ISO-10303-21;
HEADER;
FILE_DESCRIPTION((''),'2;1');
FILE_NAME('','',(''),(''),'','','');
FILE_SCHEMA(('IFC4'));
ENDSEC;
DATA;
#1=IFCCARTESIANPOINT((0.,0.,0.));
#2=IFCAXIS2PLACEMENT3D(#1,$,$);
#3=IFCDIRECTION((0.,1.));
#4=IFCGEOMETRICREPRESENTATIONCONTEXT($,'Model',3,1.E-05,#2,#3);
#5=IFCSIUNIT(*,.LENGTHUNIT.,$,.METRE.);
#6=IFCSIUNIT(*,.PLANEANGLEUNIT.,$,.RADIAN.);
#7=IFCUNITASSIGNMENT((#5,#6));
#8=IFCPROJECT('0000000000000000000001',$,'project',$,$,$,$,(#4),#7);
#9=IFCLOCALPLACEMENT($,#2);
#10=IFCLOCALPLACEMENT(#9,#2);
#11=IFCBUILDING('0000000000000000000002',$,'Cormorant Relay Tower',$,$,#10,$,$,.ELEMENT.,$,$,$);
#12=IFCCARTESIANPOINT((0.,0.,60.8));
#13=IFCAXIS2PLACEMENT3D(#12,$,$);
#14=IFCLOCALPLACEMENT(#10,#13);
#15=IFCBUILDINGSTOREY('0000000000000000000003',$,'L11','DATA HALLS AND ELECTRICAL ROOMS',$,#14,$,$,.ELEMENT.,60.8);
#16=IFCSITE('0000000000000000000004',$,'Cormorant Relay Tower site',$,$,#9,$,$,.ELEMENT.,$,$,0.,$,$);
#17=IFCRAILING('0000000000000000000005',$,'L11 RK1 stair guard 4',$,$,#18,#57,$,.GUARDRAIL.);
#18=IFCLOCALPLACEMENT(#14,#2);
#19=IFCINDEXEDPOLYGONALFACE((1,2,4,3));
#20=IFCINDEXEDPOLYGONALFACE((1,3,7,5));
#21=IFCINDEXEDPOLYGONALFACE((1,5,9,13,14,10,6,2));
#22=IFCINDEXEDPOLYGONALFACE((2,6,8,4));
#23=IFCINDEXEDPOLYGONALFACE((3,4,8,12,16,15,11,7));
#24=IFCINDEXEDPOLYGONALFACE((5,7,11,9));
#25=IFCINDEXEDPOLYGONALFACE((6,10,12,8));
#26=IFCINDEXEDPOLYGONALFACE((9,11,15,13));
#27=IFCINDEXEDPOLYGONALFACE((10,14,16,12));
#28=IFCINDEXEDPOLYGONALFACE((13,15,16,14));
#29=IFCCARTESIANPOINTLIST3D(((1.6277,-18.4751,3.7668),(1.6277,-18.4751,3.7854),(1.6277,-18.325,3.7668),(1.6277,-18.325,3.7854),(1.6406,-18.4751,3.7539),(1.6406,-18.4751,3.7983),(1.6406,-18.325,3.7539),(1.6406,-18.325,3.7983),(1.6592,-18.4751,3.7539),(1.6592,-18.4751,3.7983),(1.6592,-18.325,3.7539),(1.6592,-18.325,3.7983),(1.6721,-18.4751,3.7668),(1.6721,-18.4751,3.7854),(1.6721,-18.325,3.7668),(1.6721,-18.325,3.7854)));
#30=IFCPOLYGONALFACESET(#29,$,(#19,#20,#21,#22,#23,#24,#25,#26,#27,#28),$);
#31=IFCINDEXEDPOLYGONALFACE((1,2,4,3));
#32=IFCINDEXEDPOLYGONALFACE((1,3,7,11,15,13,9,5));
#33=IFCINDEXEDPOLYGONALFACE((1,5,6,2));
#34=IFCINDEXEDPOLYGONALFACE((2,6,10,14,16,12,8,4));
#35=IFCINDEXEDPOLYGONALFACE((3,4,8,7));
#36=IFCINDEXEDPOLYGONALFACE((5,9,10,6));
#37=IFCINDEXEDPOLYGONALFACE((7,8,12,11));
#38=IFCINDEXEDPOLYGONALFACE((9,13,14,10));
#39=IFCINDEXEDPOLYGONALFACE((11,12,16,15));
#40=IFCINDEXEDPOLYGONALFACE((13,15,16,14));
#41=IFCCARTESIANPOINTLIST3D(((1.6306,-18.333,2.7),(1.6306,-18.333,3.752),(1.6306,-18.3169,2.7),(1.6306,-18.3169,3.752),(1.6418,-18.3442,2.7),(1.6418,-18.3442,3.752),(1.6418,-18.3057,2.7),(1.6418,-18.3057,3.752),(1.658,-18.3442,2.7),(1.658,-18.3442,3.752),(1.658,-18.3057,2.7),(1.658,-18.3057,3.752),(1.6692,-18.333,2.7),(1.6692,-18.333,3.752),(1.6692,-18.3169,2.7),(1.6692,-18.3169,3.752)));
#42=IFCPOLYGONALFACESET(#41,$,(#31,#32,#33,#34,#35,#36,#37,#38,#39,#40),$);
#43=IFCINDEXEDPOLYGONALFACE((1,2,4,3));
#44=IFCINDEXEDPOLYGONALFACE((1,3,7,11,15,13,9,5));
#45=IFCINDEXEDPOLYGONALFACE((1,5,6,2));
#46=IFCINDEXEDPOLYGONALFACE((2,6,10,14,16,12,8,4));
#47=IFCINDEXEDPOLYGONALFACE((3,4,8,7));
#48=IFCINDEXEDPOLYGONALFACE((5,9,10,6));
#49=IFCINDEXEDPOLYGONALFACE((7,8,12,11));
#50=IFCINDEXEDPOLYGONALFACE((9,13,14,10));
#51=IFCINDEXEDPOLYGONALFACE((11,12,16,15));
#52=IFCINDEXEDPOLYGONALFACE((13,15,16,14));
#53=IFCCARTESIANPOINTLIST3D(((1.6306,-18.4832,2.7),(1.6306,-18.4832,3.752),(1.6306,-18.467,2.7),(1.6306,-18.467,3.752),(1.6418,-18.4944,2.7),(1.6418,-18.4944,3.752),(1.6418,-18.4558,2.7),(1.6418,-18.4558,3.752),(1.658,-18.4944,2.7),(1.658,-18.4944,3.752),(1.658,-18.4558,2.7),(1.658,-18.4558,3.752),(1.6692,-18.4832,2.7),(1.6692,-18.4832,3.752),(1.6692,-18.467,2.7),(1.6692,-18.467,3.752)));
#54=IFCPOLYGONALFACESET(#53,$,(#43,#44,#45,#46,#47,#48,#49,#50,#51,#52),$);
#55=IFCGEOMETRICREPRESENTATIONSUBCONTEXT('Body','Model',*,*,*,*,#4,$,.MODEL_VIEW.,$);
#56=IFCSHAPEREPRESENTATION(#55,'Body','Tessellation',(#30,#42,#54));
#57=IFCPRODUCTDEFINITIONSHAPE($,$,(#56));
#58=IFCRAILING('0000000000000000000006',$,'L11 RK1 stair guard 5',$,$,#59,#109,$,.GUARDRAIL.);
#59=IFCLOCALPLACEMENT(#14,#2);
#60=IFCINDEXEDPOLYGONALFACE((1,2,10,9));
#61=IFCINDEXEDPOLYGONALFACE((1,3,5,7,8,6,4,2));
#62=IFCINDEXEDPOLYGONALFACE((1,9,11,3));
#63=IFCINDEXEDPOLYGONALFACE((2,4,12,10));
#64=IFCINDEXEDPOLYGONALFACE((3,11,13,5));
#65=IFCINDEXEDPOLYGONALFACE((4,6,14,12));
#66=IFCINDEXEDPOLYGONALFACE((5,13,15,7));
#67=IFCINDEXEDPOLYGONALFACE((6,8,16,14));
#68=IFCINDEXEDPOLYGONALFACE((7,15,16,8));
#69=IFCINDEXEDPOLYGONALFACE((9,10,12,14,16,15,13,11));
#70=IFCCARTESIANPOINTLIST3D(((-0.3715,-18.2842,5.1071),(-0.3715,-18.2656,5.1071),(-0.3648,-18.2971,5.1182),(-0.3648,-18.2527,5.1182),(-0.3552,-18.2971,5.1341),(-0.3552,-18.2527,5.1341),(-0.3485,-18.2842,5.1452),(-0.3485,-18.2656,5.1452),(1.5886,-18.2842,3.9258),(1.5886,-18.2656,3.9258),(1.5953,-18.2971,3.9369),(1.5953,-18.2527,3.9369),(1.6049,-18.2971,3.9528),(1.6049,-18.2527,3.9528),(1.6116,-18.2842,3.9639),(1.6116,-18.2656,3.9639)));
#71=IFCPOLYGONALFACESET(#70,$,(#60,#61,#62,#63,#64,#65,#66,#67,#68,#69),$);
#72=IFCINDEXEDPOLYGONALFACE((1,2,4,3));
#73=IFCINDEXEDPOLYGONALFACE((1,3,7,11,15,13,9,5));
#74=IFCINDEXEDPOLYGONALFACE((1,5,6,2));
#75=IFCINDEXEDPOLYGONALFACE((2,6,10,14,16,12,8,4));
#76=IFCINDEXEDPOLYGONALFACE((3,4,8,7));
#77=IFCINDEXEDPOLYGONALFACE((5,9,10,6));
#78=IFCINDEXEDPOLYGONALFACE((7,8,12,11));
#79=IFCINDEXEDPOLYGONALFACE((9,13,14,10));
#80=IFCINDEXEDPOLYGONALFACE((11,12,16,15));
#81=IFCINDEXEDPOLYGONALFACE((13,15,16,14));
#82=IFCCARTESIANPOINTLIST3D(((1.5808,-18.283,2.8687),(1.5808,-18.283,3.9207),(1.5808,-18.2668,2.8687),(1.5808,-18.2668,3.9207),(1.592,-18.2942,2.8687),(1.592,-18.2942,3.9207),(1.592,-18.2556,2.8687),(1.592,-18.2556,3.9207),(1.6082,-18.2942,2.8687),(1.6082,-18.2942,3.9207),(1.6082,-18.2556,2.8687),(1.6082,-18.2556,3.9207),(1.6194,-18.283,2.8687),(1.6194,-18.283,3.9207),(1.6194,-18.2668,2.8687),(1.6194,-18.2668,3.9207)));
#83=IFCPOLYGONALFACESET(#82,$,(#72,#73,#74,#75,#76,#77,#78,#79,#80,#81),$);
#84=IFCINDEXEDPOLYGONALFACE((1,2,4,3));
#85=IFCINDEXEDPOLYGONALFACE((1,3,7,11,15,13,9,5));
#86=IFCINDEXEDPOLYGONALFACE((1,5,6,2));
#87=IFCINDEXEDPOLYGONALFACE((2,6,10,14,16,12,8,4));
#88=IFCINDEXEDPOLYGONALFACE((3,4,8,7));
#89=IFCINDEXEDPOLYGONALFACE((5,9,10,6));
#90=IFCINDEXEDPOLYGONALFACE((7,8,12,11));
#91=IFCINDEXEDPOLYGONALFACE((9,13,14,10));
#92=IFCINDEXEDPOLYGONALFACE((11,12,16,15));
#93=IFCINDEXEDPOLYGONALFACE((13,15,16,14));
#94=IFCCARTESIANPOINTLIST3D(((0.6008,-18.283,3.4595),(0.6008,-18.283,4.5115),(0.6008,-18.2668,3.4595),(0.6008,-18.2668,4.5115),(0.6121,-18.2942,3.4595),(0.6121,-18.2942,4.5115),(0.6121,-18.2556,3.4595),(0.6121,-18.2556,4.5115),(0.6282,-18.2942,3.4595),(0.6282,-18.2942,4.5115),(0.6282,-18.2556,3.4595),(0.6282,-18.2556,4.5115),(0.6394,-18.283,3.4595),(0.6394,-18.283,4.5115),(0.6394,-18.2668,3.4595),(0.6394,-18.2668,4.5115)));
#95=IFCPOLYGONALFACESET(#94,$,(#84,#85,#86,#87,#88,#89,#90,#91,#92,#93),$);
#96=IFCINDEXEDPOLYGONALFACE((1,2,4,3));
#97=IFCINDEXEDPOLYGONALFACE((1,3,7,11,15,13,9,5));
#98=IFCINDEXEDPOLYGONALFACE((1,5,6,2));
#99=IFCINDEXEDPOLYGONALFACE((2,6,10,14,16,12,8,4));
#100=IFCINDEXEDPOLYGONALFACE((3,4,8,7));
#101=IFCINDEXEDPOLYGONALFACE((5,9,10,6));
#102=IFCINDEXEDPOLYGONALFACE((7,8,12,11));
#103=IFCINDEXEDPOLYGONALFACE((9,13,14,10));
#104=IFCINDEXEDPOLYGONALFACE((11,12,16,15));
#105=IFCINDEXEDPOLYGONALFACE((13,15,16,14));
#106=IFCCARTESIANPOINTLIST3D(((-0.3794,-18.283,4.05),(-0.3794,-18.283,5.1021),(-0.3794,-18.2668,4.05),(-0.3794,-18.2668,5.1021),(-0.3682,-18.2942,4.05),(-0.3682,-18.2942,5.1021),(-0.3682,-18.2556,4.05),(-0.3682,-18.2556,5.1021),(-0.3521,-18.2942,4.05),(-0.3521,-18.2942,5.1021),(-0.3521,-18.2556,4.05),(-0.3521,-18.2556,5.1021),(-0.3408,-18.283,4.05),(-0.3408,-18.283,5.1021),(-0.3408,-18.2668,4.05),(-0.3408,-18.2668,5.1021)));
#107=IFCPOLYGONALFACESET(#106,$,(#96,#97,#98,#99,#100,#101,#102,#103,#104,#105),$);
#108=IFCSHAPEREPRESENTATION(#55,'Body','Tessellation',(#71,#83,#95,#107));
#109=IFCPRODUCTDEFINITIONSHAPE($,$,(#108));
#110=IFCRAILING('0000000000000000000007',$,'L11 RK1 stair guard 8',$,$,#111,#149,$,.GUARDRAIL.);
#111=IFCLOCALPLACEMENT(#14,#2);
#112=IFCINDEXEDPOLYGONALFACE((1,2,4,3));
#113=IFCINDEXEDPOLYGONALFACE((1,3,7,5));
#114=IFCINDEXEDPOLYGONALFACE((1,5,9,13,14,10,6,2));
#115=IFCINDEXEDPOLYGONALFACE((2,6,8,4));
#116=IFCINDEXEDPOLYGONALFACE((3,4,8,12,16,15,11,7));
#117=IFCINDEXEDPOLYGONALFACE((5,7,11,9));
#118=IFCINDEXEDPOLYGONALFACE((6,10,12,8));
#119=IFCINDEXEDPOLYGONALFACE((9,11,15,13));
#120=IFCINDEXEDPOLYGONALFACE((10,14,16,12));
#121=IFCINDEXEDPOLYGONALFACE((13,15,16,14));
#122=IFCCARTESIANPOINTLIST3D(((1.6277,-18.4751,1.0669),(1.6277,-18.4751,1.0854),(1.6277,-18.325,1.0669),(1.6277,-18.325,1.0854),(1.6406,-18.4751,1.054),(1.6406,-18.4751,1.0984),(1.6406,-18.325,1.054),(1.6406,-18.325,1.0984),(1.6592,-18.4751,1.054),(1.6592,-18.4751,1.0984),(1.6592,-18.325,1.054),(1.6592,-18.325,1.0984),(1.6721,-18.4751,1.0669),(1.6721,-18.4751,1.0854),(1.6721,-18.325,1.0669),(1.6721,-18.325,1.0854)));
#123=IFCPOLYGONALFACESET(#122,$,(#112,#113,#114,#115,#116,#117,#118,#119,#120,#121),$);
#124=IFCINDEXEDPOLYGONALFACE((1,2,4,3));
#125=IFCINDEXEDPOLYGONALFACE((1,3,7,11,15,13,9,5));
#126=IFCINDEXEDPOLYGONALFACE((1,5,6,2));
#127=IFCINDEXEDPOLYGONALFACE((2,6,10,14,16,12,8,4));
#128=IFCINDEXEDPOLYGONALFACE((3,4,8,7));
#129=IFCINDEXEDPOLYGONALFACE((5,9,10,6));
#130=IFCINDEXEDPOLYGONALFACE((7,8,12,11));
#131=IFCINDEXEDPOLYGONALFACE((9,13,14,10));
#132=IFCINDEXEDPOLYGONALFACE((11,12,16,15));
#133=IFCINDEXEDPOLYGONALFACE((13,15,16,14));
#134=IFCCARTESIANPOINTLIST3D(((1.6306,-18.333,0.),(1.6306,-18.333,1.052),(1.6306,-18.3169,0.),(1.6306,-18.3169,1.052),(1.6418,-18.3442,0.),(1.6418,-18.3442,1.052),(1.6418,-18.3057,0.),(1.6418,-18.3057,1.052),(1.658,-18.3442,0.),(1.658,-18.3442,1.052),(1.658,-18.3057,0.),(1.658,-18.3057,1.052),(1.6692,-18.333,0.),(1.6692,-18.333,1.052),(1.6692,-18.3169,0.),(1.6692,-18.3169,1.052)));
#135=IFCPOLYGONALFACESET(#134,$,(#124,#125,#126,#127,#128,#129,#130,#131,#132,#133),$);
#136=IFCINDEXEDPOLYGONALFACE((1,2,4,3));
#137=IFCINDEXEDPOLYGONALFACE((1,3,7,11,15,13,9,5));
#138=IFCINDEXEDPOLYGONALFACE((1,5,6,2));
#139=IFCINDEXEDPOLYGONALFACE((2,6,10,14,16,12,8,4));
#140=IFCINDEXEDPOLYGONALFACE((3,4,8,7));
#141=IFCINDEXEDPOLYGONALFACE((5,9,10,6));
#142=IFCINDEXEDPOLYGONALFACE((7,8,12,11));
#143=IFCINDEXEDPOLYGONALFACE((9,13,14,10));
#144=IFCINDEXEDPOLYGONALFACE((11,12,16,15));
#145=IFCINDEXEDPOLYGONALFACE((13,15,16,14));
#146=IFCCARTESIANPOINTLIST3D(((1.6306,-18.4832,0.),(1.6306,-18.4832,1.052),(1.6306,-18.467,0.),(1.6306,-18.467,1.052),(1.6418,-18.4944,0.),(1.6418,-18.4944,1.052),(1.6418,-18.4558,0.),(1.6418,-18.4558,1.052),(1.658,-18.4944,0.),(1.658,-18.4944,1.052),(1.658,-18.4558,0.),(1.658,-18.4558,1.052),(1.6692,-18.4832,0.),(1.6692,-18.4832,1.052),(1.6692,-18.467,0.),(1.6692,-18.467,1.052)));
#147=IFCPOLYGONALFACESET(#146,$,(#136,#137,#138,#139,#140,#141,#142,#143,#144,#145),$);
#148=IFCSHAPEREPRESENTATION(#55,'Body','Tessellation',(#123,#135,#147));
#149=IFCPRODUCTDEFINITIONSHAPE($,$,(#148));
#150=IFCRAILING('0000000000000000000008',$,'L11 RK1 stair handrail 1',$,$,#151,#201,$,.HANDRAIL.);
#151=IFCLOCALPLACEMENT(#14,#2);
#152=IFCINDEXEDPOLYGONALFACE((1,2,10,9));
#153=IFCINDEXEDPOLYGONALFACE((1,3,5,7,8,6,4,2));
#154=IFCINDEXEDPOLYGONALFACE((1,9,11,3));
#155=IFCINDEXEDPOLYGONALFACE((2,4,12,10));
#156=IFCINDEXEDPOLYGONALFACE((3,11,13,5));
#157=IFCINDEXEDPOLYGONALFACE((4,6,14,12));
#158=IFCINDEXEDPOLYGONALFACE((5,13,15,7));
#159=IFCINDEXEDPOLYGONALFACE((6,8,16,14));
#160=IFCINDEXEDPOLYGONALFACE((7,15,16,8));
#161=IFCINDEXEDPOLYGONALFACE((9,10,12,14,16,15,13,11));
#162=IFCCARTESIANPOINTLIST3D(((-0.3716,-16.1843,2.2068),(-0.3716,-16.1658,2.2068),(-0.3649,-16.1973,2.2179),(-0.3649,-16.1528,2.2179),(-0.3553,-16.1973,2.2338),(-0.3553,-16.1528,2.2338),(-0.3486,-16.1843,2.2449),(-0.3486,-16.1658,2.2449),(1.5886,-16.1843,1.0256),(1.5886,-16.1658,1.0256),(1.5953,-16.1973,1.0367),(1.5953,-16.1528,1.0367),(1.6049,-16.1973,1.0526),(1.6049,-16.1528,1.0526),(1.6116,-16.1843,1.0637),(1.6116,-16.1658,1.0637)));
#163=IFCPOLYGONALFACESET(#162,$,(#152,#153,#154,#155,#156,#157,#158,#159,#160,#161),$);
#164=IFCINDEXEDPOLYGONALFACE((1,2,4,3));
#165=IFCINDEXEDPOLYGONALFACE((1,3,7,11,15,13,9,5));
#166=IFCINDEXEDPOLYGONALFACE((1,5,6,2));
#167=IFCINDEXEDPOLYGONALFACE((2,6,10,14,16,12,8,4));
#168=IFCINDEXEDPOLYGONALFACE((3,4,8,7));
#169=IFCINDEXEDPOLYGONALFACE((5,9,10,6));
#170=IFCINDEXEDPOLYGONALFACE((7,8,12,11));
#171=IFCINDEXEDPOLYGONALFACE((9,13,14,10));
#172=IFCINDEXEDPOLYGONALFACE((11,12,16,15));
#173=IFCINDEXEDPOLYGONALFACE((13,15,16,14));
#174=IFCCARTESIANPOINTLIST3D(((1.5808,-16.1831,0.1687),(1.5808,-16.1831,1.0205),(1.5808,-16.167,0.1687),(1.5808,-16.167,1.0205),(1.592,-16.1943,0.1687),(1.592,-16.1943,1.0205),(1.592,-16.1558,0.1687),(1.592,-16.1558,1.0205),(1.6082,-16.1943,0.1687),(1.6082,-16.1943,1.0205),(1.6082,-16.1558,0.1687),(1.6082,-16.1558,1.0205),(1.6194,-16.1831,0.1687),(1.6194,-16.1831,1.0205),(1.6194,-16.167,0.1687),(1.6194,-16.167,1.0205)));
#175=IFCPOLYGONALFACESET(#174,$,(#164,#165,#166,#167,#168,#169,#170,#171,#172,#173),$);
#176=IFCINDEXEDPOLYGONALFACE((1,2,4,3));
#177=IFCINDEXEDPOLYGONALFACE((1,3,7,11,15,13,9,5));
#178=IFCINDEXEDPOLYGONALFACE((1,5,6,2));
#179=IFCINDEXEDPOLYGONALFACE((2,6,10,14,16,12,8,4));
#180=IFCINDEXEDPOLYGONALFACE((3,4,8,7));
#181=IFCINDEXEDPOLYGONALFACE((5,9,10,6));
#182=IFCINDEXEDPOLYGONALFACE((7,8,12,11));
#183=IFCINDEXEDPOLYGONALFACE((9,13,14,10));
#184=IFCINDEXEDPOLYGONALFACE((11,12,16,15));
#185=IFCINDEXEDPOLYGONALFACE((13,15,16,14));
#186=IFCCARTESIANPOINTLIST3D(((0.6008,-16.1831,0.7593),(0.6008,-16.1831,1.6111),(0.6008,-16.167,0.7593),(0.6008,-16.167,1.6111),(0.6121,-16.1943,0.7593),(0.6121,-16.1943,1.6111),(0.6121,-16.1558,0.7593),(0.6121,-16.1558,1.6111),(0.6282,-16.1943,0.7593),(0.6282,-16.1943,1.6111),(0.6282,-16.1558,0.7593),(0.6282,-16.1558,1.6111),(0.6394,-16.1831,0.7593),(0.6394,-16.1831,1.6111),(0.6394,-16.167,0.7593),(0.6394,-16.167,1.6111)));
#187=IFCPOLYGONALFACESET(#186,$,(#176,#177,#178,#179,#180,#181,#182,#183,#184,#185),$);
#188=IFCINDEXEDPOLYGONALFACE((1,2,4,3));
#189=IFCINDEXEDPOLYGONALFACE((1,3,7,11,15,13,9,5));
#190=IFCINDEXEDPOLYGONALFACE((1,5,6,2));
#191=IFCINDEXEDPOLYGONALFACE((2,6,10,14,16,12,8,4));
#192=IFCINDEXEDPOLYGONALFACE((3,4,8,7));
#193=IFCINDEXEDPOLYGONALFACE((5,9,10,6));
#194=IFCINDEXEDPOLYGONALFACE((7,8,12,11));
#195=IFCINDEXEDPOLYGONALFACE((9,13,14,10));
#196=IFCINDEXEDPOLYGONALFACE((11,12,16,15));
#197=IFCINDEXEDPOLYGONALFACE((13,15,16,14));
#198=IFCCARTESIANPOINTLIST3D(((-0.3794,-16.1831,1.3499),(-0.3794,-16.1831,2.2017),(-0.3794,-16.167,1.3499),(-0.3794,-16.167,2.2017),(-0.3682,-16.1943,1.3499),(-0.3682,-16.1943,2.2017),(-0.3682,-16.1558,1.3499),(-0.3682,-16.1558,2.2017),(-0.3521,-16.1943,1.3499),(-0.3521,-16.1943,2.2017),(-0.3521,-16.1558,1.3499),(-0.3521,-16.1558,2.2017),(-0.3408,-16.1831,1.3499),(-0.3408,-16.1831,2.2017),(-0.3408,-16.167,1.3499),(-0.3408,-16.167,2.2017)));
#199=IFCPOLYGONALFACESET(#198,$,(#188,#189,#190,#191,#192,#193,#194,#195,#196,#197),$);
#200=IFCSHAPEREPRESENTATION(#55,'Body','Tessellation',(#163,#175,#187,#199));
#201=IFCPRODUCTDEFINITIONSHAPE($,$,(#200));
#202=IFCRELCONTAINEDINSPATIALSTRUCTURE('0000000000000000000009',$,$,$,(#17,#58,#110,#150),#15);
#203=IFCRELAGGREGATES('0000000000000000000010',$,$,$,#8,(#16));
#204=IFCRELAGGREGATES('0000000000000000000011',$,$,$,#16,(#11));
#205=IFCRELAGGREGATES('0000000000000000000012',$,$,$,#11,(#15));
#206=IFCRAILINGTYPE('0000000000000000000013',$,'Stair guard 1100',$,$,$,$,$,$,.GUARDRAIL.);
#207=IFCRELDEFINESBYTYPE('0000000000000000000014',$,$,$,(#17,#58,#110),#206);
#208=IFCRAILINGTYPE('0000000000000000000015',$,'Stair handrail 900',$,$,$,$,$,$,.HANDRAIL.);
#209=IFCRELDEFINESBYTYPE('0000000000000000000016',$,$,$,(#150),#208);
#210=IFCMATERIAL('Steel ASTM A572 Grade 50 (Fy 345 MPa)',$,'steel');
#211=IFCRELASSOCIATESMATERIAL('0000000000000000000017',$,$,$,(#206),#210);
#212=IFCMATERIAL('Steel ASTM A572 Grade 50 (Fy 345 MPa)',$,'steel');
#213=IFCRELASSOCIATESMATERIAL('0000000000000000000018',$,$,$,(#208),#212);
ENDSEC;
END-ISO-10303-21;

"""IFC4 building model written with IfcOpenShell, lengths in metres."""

from ifc_helpers import new_model, si_unit, direction, frame, origin, place, context, subcontext, project, spatial, polyline, outline, extrude, material, type_object, element, save


model = new_model("IFC4")

# Units and contexts
model_context = context("Model", 3, precision=1e-05, world=origin(), true_north=direction((0.0, 1.0)))
body_context = subcontext(model_context, "Body", "Model", "MODEL_VIEW")
ifc_project = project(units=[si_unit("LENGTHUNIT", "METRE"), si_unit("PLANEANGLEUNIT", "RADIAN")], contexts=[model_context])

# Site, building, storey
site_placement = place(None, origin())
site = spatial("IfcSite", under=ifc_project, at=site_placement, Name="Cormorant Relay Tower site", CompositionType="ELEMENT", RefElevation=0.0)
building_placement = place(site_placement, origin())
building = spatial("IfcBuilding", under=site, at=building_placement, Name="Cormorant Relay Tower", CompositionType="ELEMENT")
storey_placement = place(building_placement, frame((0.0, 0.0, 60.8)))
storey = spatial("IfcBuildingStorey", under=building, at=storey_placement, Name="L11", Description="DATA HALLS AND ELECTRICAL ROOMS", CompositionType="ELEMENT", Elevation=60.8)

# Railings
ifc_material_1 = material(Name="Steel ASTM A572 Grade 50 (Fy 345 MPa)", Category="steel")
railing_type_1 = type_object("IfcRailingType", Name="Stair guard 1100", PredefinedType="GUARDRAIL", material=ifc_material_1)
railing_1_placement = place(storey_placement, frame((1.6499, -18.325, 2.7)))
element("IfcRailing", 1, at=railing_1_placement, inside=storey, type_object=railing_type_1, Name="L11 RK1 stair guard 4", PredefinedType="GUARDRAIL", context=body_context, shape_type="SweptSolid", body=[
    extrude(outline(polyline([(0.0222, 0.0093), (0.0093, 0.0222), (-0.0093, 0.0222), (-0.0222, 0.0093), (-0.0222, -0.0093), (-0.0093, -0.0222), (0.0093, -0.0222), (0.0222, -0.0093), (0.0222, 0.0093)])), frame((0.0, 0.0, 1.0762), z_axis=(0.0, -1.0, 0.0), x_axis=(1.0, 0.0, 0.0)), (0.0, 0.0, 1.0), 0.1501),
    extrude(outline(polyline([(0.0193, 0.0081), (0.0081, 0.0193), (-0.0081, 0.0193), (-0.0193, 0.0081), (-0.0193, -0.0081), (-0.0081, -0.0193), (0.0081, -0.0193), (0.0193, -0.0081), (0.0193, 0.0081)])), origin(), (0.0, 0.0, 1.0), 1.052),
    extrude(outline(polyline([(0.0193, 0.0081), (0.0081, 0.0193), (-0.0081, 0.0193), (-0.0193, 0.0081), (-0.0193, -0.0081), (-0.0081, -0.0193), (0.0081, -0.0193), (0.0193, -0.0081), (0.0193, 0.0081)])), frame((0.0, -0.1501, 0.0)), (0.0, 0.0, 1.0), 1.052),
])
railing_2_placement = place(storey_placement, frame((1.6001, -18.2749, 2.8687)))
element("IfcRailing", 2, at=railing_2_placement, inside=storey, type_object=railing_type_1, Name="L11 RK1 stair guard 5", PredefinedType="GUARDRAIL", context=body_context, shape_type="SweptSolid", body=[
    extrude(outline(polyline([(0.0222, 0.0093), (0.0093, 0.0222), (-0.0093, 0.0222), (-0.0222, 0.0093), (-0.0222, -0.0093), (-0.0093, -0.0222), (0.0093, -0.0222), (0.0222, -0.0093), (0.0222, 0.0093)])), frame((0.0, 0.0, 1.0762), z_axis=(-0.856475, 0.0, 0.516189), x_axis=(0.0, -1.0, 0.0)), (0.0, 0.0, 1.0), 2.2886),
    extrude(outline(polyline([(0.0193, 0.0081), (0.0081, 0.0193), (-0.0081, 0.0193), (-0.0193, 0.0081), (-0.0193, -0.0081), (-0.0081, -0.0193), (0.0081, -0.0193), (0.0193, -0.0081), (0.0193, 0.0081)])), origin(), (0.0, 0.0, 1.0), 1.052),
    extrude(outline(polyline([(0.0193, 0.0081), (0.0081, 0.0193), (-0.0081, 0.0193), (-0.0193, 0.0081), (-0.0193, -0.0081), (-0.0081, -0.0193), (0.0081, -0.0193), (0.0193, -0.0081), (0.0193, 0.0081)])), frame((-0.98, 0.0, 0.5908)), (0.0, 0.0, 1.0), 1.052),
    extrude(outline(polyline([(0.0193, 0.0081), (0.0081, 0.0193), (-0.0081, 0.0193), (-0.0193, 0.0081), (-0.0193, -0.0081), (-0.0081, -0.0193), (0.0081, -0.0193), (0.0193, -0.0081), (0.0193, 0.0081)])), frame((-1.9602, 0.0, 1.1814)), (0.0, 0.0, 1.0), 1.052),
])
railing_3_placement = place(storey_placement, frame((1.6499, -18.325, 0.0)))
element("IfcRailing", 3, at=railing_3_placement, inside=storey, type_object=railing_type_1, Name="L11 RK1 stair guard 8", PredefinedType="GUARDRAIL", context=body_context, shape_type="SweptSolid", body=[
    extrude(outline(polyline([(0.0222, 0.0093), (0.0093, 0.0222), (-0.0093, 0.0222), (-0.0222, 0.0093), (-0.0222, -0.0093), (-0.0093, -0.0222), (0.0093, -0.0222), (0.0222, -0.0093), (0.0222, 0.0093)])), frame((0.0, 0.0, 1.0762), z_axis=(0.0, -1.0, 0.0), x_axis=(1.0, 0.0, 0.0)), (0.0, 0.0, 1.0), 0.1501),
    extrude(outline(polyline([(0.0193, 0.0081), (0.0081, 0.0193), (-0.0081, 0.0193), (-0.0193, 0.0081), (-0.0193, -0.0081), (-0.0081, -0.0193), (0.0081, -0.0193), (0.0193, -0.0081), (0.0193, 0.0081)])), origin(), (0.0, 0.0, 1.0), 1.052),
    extrude(outline(polyline([(0.0193, 0.0081), (0.0081, 0.0193), (-0.0081, 0.0193), (-0.0193, 0.0081), (-0.0193, -0.0081), (-0.0081, -0.0193), (0.0081, -0.0193), (0.0193, -0.0081), (0.0193, 0.0081)])), frame((0.0, -0.1501, 0.0)), (0.0, 0.0, 1.0), 1.052),
])
ifc_material_2 = material(Name="Steel ASTM A572 Grade 50 (Fy 345 MPa)", Category="steel")
railing_type_2 = type_object("IfcRailingType", Name="Stair handrail 900", PredefinedType="HANDRAIL", material=ifc_material_2)
railing_4_placement = place(storey_placement, frame((1.6001, -16.175, 0.1687)))
element("IfcRailing", 4, at=railing_4_placement, inside=storey, type_object=railing_type_2, Name="L11 RK1 stair handrail 1", PredefinedType="HANDRAIL", context=body_context, shape_type="SweptSolid", body=[
    extrude(outline(polyline([(0.0222, 0.0093), (0.0093, 0.0222), (-0.0093, 0.0222), (-0.0222, 0.0093), (-0.0222, -0.0093), (-0.0093, -0.0222), (0.0093, -0.0222), (0.0222, -0.0093), (0.0222, 0.0093)])), frame((0.0, 0.0, 0.876), z_axis=(-0.856522, 0.0, 0.516111), x_axis=(0.0, -1.0, 0.0)), (0.0, 0.0, 1.0), 2.2886),
    extrude(outline(polyline([(0.0193, 0.0081), (0.0081, 0.0193), (-0.0081, 0.0193), (-0.0193, 0.0081), (-0.0193, -0.0081), (-0.0081, -0.0193), (0.0081, -0.0193), (0.0193, -0.0081), (0.0193, 0.0081)])), origin(), (0.0, 0.0, 1.0), 0.8518),
    extrude(outline(polyline([(0.0193, 0.0081), (0.0081, 0.0193), (-0.0081, 0.0193), (-0.0193, 0.0081), (-0.0193, -0.0081), (-0.0081, -0.0193), (0.0081, -0.0193), (0.0193, -0.0081), (0.0193, 0.0081)])), frame((-0.98, 0.0, 0.5906)), (0.0, 0.0, 1.0), 0.8518),
    extrude(outline(polyline([(0.0193, 0.0081), (0.0081, 0.0193), (-0.0081, 0.0193), (-0.0193, 0.0081), (-0.0193, -0.0081), (-0.0081, -0.0193), (0.0081, -0.0193), (0.0193, -0.0081), (0.0193, 0.0081)])), frame((-1.9602, 0.0, 1.1812)), (0.0, 0.0, 1.0), 0.8518),
])

save(model, "model.ifc")
